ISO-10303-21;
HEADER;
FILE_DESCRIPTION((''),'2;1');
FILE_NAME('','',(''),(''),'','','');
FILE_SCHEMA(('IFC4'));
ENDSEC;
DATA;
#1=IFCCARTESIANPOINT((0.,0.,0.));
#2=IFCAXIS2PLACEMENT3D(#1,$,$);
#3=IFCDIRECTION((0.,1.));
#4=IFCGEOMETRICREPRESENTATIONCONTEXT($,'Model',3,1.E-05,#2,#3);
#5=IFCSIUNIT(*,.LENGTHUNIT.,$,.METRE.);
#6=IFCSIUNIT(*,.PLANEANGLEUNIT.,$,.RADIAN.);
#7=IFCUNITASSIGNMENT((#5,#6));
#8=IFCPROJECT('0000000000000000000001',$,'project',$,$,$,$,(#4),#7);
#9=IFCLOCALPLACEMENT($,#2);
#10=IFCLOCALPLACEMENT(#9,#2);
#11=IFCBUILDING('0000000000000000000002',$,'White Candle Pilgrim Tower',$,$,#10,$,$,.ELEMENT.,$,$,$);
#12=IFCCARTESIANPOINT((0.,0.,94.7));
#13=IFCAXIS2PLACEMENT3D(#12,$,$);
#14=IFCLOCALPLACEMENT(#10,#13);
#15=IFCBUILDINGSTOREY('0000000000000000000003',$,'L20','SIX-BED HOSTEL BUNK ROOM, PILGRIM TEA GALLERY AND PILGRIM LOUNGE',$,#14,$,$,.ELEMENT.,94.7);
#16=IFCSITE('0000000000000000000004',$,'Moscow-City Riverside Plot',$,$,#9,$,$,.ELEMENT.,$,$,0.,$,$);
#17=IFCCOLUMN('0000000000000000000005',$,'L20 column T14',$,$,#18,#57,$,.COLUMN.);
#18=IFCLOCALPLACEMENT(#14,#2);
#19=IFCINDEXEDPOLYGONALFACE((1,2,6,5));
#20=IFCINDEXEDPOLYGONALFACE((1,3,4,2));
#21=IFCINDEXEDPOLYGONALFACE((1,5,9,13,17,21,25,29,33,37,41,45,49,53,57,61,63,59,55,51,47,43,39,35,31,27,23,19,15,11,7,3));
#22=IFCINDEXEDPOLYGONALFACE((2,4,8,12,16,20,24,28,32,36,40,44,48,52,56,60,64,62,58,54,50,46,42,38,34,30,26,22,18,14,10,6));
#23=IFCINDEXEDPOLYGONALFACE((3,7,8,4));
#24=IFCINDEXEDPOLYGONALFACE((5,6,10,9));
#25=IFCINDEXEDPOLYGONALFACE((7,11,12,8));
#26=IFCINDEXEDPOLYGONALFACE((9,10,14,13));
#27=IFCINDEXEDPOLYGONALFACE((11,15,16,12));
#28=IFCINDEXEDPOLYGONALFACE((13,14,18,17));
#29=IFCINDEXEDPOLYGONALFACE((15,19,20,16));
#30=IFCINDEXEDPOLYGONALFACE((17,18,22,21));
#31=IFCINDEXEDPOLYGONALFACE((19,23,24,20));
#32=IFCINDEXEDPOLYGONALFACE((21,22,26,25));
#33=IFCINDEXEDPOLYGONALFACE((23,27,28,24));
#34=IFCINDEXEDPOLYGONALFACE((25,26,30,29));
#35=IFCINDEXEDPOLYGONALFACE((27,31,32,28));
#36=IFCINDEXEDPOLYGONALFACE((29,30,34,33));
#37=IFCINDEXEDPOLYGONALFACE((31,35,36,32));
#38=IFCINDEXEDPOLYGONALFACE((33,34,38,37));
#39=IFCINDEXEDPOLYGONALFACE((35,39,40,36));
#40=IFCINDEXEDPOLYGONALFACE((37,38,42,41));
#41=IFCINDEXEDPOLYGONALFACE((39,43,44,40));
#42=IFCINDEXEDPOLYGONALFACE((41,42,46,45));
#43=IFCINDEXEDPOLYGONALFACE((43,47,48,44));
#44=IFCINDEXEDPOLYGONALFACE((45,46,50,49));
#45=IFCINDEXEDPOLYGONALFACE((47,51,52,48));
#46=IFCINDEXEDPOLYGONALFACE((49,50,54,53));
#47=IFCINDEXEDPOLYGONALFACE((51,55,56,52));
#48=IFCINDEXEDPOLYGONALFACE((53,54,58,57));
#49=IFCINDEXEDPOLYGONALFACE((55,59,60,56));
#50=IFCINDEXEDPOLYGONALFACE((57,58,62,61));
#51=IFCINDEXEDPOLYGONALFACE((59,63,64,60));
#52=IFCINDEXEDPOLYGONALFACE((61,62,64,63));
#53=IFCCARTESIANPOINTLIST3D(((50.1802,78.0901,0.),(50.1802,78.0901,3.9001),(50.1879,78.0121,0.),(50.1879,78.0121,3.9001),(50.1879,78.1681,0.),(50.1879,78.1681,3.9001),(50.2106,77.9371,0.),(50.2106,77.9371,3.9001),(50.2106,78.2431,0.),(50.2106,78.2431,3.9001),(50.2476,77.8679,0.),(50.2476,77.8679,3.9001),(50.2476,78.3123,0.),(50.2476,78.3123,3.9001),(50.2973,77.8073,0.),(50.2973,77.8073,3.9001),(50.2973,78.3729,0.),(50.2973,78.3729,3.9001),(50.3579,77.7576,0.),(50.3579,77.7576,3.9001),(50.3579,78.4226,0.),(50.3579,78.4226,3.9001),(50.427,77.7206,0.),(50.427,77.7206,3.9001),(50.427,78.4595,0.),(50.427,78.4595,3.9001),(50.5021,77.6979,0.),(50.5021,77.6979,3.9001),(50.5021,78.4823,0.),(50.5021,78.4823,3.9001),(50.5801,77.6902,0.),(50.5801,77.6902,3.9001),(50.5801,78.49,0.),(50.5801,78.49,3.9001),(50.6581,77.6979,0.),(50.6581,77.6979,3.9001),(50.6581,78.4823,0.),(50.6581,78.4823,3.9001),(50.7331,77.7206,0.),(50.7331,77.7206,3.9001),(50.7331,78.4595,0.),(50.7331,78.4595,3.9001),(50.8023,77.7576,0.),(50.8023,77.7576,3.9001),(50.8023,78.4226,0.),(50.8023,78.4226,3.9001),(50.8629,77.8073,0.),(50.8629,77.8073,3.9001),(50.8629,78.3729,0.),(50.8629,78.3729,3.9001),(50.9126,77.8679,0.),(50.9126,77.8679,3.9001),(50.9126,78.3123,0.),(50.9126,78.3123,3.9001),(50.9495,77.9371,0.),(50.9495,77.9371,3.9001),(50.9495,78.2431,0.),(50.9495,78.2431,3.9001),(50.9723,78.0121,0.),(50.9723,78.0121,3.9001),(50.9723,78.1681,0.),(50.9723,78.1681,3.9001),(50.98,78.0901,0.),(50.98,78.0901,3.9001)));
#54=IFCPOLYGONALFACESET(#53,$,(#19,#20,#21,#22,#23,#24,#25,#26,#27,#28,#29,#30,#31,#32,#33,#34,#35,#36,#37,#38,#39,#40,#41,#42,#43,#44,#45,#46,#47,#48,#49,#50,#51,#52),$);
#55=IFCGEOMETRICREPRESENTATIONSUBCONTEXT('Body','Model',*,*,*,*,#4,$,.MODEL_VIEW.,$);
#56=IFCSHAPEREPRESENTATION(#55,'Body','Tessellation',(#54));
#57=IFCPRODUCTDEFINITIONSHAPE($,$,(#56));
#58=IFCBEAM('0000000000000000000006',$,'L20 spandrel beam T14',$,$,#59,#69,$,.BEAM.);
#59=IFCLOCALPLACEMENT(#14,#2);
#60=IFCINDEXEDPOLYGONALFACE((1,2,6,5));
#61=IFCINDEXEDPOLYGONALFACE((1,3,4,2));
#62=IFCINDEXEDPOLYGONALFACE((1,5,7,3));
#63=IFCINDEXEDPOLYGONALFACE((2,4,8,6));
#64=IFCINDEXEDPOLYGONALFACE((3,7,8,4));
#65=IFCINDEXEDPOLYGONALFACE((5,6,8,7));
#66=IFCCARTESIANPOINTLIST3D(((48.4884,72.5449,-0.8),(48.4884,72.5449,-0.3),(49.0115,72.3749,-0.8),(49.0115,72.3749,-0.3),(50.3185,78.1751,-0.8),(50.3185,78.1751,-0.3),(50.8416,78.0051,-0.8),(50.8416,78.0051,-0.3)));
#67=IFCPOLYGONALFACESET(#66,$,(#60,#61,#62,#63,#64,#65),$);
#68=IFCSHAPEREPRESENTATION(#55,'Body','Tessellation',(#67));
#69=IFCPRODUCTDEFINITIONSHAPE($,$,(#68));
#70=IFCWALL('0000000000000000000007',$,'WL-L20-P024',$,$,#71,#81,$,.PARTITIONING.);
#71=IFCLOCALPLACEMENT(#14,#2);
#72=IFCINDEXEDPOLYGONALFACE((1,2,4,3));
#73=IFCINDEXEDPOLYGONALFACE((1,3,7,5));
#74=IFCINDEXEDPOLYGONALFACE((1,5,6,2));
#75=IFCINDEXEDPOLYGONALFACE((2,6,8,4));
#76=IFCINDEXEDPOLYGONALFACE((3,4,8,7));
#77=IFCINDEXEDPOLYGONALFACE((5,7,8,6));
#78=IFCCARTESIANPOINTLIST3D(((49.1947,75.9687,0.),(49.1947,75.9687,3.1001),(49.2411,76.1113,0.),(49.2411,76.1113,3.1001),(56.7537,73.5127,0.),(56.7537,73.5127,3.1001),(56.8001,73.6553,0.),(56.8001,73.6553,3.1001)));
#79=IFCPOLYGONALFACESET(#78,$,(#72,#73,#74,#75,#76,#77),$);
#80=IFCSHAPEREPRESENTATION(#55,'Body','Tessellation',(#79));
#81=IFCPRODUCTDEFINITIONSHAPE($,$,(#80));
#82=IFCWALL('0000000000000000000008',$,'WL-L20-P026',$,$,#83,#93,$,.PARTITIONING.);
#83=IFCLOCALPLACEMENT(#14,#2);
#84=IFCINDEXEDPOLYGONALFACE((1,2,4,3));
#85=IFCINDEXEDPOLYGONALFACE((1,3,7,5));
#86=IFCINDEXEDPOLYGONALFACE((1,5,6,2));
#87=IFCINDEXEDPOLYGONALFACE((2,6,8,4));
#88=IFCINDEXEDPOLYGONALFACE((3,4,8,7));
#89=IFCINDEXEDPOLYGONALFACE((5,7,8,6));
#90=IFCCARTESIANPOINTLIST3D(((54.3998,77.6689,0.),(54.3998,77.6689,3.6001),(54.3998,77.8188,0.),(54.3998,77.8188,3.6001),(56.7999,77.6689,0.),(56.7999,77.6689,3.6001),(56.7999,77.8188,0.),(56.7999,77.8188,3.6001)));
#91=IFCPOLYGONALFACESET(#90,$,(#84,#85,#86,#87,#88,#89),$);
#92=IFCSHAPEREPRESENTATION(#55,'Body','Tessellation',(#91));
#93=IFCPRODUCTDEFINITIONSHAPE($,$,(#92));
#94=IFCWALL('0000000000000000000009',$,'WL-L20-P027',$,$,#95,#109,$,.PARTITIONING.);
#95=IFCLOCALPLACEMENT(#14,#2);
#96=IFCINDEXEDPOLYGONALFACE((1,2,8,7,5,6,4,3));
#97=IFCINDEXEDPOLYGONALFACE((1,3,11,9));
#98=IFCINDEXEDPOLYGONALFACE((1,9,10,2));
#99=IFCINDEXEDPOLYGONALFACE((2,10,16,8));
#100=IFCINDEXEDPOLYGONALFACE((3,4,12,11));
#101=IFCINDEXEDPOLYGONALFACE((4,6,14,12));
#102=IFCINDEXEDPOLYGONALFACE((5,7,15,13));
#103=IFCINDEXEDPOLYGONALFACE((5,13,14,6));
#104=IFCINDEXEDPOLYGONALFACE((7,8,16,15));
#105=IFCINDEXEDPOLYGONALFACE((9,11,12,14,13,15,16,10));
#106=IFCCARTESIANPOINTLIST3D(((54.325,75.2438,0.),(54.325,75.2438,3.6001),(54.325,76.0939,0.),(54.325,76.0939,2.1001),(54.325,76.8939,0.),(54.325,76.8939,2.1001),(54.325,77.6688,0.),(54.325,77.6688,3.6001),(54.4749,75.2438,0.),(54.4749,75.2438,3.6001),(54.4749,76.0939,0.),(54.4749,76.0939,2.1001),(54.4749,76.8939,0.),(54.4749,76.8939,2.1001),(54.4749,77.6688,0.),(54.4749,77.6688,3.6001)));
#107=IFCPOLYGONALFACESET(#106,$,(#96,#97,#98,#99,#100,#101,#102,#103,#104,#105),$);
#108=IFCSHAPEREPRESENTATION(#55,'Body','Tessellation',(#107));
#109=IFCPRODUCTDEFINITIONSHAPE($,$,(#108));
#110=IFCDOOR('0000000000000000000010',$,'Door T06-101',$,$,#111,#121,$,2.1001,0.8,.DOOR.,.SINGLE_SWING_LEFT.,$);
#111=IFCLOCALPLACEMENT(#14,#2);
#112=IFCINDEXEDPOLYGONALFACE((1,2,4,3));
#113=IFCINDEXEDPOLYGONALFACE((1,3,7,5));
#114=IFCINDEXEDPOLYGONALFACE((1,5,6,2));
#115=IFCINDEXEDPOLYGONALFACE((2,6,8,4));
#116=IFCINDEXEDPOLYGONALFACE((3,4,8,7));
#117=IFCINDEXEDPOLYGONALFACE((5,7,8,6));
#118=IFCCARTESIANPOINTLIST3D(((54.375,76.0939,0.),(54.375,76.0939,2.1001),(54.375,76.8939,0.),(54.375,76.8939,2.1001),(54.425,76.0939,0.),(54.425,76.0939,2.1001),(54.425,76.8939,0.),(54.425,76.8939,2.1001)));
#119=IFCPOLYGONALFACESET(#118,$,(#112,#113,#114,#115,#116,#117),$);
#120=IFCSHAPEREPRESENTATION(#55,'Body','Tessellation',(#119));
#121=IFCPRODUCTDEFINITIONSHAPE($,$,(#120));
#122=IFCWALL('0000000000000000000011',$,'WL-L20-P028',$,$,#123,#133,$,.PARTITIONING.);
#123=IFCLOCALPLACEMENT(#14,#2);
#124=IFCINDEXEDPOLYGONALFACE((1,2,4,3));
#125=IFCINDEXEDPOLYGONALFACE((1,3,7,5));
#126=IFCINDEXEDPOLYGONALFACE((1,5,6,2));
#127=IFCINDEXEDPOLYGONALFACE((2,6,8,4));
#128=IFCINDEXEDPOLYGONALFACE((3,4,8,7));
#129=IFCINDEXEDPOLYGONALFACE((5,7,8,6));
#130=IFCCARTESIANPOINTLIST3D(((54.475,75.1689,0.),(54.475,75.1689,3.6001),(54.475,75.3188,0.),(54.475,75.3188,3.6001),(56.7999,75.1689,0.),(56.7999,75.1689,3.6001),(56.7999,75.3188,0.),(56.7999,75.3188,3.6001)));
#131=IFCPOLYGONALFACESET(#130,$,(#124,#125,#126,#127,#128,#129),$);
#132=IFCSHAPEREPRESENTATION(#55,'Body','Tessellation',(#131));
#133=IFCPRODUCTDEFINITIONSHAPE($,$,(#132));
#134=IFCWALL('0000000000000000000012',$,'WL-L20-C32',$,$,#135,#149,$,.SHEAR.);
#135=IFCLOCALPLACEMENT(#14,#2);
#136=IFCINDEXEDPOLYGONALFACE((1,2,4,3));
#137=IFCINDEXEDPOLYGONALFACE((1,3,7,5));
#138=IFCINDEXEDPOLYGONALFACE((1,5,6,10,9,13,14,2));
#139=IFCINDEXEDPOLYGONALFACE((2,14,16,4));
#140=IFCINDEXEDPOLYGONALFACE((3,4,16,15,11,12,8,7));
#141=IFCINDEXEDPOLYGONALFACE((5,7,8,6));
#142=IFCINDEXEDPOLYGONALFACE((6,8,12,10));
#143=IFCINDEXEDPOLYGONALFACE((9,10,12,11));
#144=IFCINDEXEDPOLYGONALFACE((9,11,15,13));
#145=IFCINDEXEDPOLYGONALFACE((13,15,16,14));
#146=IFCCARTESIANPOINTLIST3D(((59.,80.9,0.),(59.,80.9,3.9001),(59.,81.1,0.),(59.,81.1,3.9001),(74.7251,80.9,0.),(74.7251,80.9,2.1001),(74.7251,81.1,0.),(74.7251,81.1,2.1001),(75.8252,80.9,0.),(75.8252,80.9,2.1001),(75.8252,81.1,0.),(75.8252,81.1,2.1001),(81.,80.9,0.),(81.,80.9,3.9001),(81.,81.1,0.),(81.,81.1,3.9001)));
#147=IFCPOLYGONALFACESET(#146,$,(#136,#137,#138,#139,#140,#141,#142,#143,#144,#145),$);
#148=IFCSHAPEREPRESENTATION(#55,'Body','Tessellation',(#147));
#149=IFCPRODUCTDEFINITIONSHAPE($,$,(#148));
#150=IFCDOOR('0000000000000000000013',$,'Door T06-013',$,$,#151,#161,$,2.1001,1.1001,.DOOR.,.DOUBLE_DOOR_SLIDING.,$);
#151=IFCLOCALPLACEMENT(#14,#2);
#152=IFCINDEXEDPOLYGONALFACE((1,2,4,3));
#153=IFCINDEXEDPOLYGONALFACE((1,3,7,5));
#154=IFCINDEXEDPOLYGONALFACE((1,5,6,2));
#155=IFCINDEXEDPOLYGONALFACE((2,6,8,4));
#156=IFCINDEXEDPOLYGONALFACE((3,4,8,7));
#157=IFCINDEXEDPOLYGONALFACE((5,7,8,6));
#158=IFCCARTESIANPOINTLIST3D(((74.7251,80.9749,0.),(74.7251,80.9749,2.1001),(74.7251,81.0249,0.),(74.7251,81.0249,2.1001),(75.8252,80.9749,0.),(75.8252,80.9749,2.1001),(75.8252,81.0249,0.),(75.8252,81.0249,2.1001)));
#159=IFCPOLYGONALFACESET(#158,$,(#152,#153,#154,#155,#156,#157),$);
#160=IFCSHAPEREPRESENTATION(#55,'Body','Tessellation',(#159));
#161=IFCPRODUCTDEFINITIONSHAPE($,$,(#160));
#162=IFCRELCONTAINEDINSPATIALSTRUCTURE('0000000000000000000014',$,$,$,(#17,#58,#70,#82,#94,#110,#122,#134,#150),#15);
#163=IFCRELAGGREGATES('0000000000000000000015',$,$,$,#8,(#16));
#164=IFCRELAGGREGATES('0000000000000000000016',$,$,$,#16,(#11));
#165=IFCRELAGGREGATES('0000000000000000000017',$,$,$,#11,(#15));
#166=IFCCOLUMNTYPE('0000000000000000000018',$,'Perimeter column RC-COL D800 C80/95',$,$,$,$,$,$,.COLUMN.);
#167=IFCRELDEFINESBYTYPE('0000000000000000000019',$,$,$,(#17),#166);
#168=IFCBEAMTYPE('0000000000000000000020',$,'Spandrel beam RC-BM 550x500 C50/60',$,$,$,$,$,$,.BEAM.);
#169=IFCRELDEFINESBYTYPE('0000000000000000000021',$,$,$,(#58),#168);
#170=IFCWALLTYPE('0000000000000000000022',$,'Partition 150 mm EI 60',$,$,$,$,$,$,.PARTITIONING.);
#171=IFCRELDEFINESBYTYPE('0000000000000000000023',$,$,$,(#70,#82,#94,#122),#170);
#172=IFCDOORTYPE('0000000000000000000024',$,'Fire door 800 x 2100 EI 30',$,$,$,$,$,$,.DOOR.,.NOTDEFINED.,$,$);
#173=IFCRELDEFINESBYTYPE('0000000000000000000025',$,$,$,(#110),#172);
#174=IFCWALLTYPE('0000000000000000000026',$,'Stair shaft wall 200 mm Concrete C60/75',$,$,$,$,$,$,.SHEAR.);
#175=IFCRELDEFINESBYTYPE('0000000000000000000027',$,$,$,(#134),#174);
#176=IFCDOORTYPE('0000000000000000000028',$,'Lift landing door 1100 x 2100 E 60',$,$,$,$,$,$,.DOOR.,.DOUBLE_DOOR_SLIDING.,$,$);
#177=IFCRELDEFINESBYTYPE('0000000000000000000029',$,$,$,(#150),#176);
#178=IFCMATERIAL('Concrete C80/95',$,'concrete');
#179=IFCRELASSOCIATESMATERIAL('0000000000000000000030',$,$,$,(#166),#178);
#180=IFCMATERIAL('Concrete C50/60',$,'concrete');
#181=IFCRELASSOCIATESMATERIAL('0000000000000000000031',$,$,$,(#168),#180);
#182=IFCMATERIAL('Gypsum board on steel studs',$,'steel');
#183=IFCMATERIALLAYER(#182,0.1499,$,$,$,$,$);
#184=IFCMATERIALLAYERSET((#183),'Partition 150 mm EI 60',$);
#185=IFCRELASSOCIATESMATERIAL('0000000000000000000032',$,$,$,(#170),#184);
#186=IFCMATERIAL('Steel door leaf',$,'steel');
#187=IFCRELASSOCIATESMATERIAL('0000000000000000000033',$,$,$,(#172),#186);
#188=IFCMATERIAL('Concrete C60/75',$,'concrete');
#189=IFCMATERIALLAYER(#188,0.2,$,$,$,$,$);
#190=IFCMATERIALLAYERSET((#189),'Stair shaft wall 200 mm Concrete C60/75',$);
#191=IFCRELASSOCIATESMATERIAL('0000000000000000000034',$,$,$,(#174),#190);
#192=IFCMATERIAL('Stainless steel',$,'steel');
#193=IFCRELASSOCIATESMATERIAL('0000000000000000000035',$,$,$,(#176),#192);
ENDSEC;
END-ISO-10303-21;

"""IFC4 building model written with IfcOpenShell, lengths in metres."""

from ifc_helpers import new_model, si_unit, direction, frame, frame_2d, origin, origin_2d, place, context, subcontext, project, spatial, rectangle, circle, extrude, material, layer, layer_set, material_profile, profile_set, type_object, element, fill, save


model = new_model("IFC4")

# Units and contexts
model_context = context("Model", 3, precision=1e-05, world=origin(), true_north=direction((0.0, 1.0)))
body_context = subcontext(model_context, "Body", "Model", "MODEL_VIEW")
ifc_project = project(units=[si_unit("LENGTHUNIT", "METRE"), si_unit("PLANEANGLEUNIT", "RADIAN")], contexts=[model_context])

# Site, building, storey
site_placement = place(None, origin())
site = spatial("IfcSite", under=ifc_project, at=site_placement, Name="Moscow-City Riverside Plot", CompositionType="ELEMENT", RefElevation=0.0)
building_placement = place(site_placement, origin())
building = spatial("IfcBuilding", under=site, at=building_placement, Name="White Candle Pilgrim Tower", CompositionType="ELEMENT")
storey_placement = place(building_placement, frame((0.0, 0.0, 94.7)))
storey = spatial("IfcBuildingStorey", under=building, at=storey_placement, Name="L20", Description="SIX-BED HOSTEL BUNK ROOM, PILGRIM TEA GALLERY AND PILGRIM LOUNGE", CompositionType="ELEMENT", Elevation=94.7)

# Column
ifc_material_1 = material(Name="Concrete C80/95", Category="concrete")
ifc_material_profile_1 = material_profile(ifc_material_1, circle(Radius=0.3999, at=origin_2d()), Name="RC-COL D800")
ifc_profile_set_1 = profile_set([ifc_material_profile_1], Name="Concrete C80/95")
column_type = type_object("IfcColumnType", Name="Perimeter column RC-COL D800 C80/95", PredefinedType="COLUMN", material=ifc_profile_set_1)
column_placement = place(storey_placement, frame((50.5801, 78.0901, 0.0), z_axis=(0.0, 0.0, 1.0), x_axis=(1.0, 0.0, 0.0)))
element("IfcColumn", 1, at=column_placement, inside=storey, type_object=column_type, Name="L20 column T14", PredefinedType="COLUMN", context=body_context, shape_type="SweptSolid", body=[
    extrude(circle(Radius=0.3999, at=origin_2d()), origin(), (0.0, 0.0, 1.0), 3.9001),
])

# Beam
ifc_material_2 = material(Name="Concrete C50/60", Category="concrete")
ifc_material_profile_2 = material_profile(ifc_material_2, rectangle(XDim=0.55, YDim=0.5, at=origin_2d()), Name="RC-BM 550x500")
ifc_profile_set_2 = profile_set([ifc_material_profile_2], Name="Concrete C50/60")
beam_type = type_object("IfcBeamType", Name="Spandrel beam RC-BM 550x500 C50/60", PredefinedType="BEAM", material=ifc_profile_set_2)
beam_placement = place(storey_placement, frame((50.5801, 78.0901, -0.55), z_axis=(-0.30913, -0.95102, 0.0), x_axis=(0.95102, -0.30913, 0.0)))
element("IfcBeam", 2, at=beam_placement, inside=storey, type_object=beam_type, Name="L20 spandrel beam T14", PredefinedType="BEAM", context=body_context, shape_type="SweptSolid", body=[
    extrude(rectangle(XDim=0.55, YDim=0.5, at=origin_2d()), origin(), (0.0, 0.0, 1.0), 5.9202),
])

# Walls
ifc_material_3 = material(Name="Gypsum board on steel studs", Category="steel")
ifc_layer_1 = layer(ifc_material_3, 0.1499)
ifc_layer_set_1 = layer_set([ifc_layer_1], Name="Partition 150 mm EI 60")
wall_type_1 = type_object("IfcWallType", Name="Partition 150 mm EI 60", PredefinedType="PARTITIONING", material=ifc_layer_set_1)
wall_1_placement = place(storey_placement, frame((49.2178, 76.04, 0.0), z_axis=(0.0, 0.0, 1.0), x_axis=(0.951058, -0.309012, 0.0)))
element("IfcWall", 3, at=wall_1_placement, inside=storey, type_object=wall_type_1, Name="WL-L20-P024", PredefinedType="PARTITIONING", context=body_context, shape_type="SweptSolid", body=[
    extrude(rectangle(XDim=7.948, YDim=0.1499, at=frame_2d((3.9741, 0.0))), origin(), (0.0, 0.0, 1.0), 3.1001),
])
wall_2_placement = place(storey_placement, frame((56.8, 77.7439, 0.0), z_axis=(0.0, 0.0, 1.0), x_axis=(-1.0, 0.0, 0.0)))
element("IfcWall", 4, at=wall_2_placement, inside=storey, type_object=wall_type_1, Name="WL-L20-P026", PredefinedType="PARTITIONING", context=body_context, shape_type="SweptSolid", body=[
    extrude(rectangle(XDim=2.4001, YDim=0.1499, at=frame_2d((1.2002, 0.0))), origin(), (0.0, 0.0, 1.0), 3.6001),
])

# Wall, opening, door
wall_3_placement = place(storey_placement, frame((54.3999, 75.2439, 0.0), z_axis=(0.0, 0.0, 1.0), x_axis=(0.0, 1.0, 0.0)))
wall_3 = element("IfcWall", 5, at=wall_3_placement, inside=storey, type_object=wall_type_1, Name="WL-L20-P027", PredefinedType="PARTITIONING", context=body_context, shape_type="SweptSolid", body=[
    extrude(rectangle(XDim=2.425, YDim=0.1499, at=frame_2d((1.2124, 0.0))), origin(), (0.0, 0.0, 1.0), 3.6001),
])
opening_1_placement = place(wall_3_placement, frame((0.8501, 0.0, 0.0)))
opening_1 = element("IfcOpeningElement", 6, at=opening_1_placement, cuts=wall_3, PredefinedType="OPENING", context=body_context, shape_type="SweptSolid", body=[
    extrude(rectangle(XDim=0.8, YDim=2.1001, at=frame_2d((0.3999, 1.05))), frame((0.0, 0.085, 0.0), z_axis=(0.0, -1.0, 0.0), x_axis=(1.0, 0.0, 0.0)), (0.0, 0.0, 1.0), 0.1699),
])
ifc_material_4 = material(Name="Steel door leaf", Category="steel")
door_type_1 = type_object("IfcDoorType", Name="Fire door 800 x 2100 EI 30", OperationType="NOTDEFINED", PredefinedType="DOOR", material=ifc_material_4)
door_1_placement = place(opening_1_placement, origin())
door_1 = element("IfcDoor", 7, at=door_1_placement, inside=storey, type_object=door_type_1, Name="Door T06-101", OperationType="SINGLE_SWING_LEFT", OverallHeight=2.1001, OverallWidth=0.8, PredefinedType="DOOR", context=body_context, shape_type="SweptSolid", body=[
    extrude(rectangle(XDim=0.8, YDim=2.1001, at=frame_2d((0.3999, 1.05))), frame((0.0, 0.0249, 0.0), z_axis=(0.0, -1.0, 0.0), x_axis=(1.0, 0.0, 0.0)), (0.0, 0.0, 1.0), 0.05),
])
fill(opening_1, door_1)

# Wall
wall_4_placement = place(storey_placement, frame((56.8, 75.2439, 0.0), z_axis=(0.0, 0.0, 1.0), x_axis=(-1.0, 0.0, 0.0)))
element("IfcWall", 8, at=wall_4_placement, inside=storey, type_object=wall_type_1, Name="WL-L20-P028", PredefinedType="PARTITIONING", context=body_context, shape_type="SweptSolid", body=[
    extrude(rectangle(XDim=2.325, YDim=0.1499, at=frame_2d((1.1626, 0.0))), origin(), (0.0, 0.0, 1.0), 3.6001),
])

# Wall, opening, door
ifc_material_5 = material(Name="Concrete C60/75", Category="concrete")
ifc_layer_2 = layer(ifc_material_5, 0.2)
ifc_layer_set_2 = layer_set([ifc_layer_2], Name="Stair shaft wall 200 mm Concrete C60/75")
wall_type_2 = type_object("IfcWallType", Name="Stair shaft wall 200 mm Concrete C60/75", PredefinedType="SHEAR", material=ifc_layer_set_2)
wall_5_placement = place(storey_placement, frame((59.0, 81.0, 0.0), z_axis=(0.0, 0.0, 1.0), x_axis=(1.0, 0.0, 0.0)))
wall_5 = element("IfcWall", 9, at=wall_5_placement, inside=storey, type_object=wall_type_2, Name="WL-L20-C32", PredefinedType="SHEAR", context=body_context, shape_type="SweptSolid", body=[
    extrude(rectangle(XDim=22.0, YDim=0.2, at=frame_2d((11.0, 0.0))), origin(), (0.0, 0.0, 1.0), 3.9001),
])
opening_2_placement = place(wall_5_placement, frame((15.7251, 0.0, 0.0)))
opening_2 = element("IfcOpeningElement", 10, at=opening_2_placement, cuts=wall_5, PredefinedType="OPENING", context=body_context, shape_type="SweptSolid", body=[
    extrude(rectangle(XDim=1.1001, YDim=2.1001, at=frame_2d((0.55, 1.05))), frame((0.0, 0.1099, 0.0), z_axis=(0.0, -1.0, 0.0), x_axis=(1.0, 0.0, 0.0)), (0.0, 0.0, 1.0), 0.22),
])
ifc_material_6 = material(Name="Stainless steel", Category="steel")
door_type_2 = type_object("IfcDoorType", Name="Lift landing door 1100 x 2100 E 60", OperationType="DOUBLE_DOOR_SLIDING", PredefinedType="DOOR", material=ifc_material_6)
door_2_placement = place(opening_2_placement, origin())
door_2 = element("IfcDoor", 11, at=door_2_placement, inside=storey, type_object=door_type_2, Name="Door T06-013", OperationType="DOUBLE_DOOR_SLIDING", OverallHeight=2.1001, OverallWidth=1.1001, PredefinedType="DOOR", context=body_context, shape_type="SweptSolid", body=[
    extrude(rectangle(XDim=1.1001, YDim=2.1001, at=frame_2d((0.55, 1.05))), frame((0.0, 0.0249, 0.0), z_axis=(0.0, -1.0, 0.0), x_axis=(1.0, 0.0, 0.0)), (0.0, 0.0, 1.0), 0.05),
])
fill(opening_2, door_2)

save(model, "model.ifc")
